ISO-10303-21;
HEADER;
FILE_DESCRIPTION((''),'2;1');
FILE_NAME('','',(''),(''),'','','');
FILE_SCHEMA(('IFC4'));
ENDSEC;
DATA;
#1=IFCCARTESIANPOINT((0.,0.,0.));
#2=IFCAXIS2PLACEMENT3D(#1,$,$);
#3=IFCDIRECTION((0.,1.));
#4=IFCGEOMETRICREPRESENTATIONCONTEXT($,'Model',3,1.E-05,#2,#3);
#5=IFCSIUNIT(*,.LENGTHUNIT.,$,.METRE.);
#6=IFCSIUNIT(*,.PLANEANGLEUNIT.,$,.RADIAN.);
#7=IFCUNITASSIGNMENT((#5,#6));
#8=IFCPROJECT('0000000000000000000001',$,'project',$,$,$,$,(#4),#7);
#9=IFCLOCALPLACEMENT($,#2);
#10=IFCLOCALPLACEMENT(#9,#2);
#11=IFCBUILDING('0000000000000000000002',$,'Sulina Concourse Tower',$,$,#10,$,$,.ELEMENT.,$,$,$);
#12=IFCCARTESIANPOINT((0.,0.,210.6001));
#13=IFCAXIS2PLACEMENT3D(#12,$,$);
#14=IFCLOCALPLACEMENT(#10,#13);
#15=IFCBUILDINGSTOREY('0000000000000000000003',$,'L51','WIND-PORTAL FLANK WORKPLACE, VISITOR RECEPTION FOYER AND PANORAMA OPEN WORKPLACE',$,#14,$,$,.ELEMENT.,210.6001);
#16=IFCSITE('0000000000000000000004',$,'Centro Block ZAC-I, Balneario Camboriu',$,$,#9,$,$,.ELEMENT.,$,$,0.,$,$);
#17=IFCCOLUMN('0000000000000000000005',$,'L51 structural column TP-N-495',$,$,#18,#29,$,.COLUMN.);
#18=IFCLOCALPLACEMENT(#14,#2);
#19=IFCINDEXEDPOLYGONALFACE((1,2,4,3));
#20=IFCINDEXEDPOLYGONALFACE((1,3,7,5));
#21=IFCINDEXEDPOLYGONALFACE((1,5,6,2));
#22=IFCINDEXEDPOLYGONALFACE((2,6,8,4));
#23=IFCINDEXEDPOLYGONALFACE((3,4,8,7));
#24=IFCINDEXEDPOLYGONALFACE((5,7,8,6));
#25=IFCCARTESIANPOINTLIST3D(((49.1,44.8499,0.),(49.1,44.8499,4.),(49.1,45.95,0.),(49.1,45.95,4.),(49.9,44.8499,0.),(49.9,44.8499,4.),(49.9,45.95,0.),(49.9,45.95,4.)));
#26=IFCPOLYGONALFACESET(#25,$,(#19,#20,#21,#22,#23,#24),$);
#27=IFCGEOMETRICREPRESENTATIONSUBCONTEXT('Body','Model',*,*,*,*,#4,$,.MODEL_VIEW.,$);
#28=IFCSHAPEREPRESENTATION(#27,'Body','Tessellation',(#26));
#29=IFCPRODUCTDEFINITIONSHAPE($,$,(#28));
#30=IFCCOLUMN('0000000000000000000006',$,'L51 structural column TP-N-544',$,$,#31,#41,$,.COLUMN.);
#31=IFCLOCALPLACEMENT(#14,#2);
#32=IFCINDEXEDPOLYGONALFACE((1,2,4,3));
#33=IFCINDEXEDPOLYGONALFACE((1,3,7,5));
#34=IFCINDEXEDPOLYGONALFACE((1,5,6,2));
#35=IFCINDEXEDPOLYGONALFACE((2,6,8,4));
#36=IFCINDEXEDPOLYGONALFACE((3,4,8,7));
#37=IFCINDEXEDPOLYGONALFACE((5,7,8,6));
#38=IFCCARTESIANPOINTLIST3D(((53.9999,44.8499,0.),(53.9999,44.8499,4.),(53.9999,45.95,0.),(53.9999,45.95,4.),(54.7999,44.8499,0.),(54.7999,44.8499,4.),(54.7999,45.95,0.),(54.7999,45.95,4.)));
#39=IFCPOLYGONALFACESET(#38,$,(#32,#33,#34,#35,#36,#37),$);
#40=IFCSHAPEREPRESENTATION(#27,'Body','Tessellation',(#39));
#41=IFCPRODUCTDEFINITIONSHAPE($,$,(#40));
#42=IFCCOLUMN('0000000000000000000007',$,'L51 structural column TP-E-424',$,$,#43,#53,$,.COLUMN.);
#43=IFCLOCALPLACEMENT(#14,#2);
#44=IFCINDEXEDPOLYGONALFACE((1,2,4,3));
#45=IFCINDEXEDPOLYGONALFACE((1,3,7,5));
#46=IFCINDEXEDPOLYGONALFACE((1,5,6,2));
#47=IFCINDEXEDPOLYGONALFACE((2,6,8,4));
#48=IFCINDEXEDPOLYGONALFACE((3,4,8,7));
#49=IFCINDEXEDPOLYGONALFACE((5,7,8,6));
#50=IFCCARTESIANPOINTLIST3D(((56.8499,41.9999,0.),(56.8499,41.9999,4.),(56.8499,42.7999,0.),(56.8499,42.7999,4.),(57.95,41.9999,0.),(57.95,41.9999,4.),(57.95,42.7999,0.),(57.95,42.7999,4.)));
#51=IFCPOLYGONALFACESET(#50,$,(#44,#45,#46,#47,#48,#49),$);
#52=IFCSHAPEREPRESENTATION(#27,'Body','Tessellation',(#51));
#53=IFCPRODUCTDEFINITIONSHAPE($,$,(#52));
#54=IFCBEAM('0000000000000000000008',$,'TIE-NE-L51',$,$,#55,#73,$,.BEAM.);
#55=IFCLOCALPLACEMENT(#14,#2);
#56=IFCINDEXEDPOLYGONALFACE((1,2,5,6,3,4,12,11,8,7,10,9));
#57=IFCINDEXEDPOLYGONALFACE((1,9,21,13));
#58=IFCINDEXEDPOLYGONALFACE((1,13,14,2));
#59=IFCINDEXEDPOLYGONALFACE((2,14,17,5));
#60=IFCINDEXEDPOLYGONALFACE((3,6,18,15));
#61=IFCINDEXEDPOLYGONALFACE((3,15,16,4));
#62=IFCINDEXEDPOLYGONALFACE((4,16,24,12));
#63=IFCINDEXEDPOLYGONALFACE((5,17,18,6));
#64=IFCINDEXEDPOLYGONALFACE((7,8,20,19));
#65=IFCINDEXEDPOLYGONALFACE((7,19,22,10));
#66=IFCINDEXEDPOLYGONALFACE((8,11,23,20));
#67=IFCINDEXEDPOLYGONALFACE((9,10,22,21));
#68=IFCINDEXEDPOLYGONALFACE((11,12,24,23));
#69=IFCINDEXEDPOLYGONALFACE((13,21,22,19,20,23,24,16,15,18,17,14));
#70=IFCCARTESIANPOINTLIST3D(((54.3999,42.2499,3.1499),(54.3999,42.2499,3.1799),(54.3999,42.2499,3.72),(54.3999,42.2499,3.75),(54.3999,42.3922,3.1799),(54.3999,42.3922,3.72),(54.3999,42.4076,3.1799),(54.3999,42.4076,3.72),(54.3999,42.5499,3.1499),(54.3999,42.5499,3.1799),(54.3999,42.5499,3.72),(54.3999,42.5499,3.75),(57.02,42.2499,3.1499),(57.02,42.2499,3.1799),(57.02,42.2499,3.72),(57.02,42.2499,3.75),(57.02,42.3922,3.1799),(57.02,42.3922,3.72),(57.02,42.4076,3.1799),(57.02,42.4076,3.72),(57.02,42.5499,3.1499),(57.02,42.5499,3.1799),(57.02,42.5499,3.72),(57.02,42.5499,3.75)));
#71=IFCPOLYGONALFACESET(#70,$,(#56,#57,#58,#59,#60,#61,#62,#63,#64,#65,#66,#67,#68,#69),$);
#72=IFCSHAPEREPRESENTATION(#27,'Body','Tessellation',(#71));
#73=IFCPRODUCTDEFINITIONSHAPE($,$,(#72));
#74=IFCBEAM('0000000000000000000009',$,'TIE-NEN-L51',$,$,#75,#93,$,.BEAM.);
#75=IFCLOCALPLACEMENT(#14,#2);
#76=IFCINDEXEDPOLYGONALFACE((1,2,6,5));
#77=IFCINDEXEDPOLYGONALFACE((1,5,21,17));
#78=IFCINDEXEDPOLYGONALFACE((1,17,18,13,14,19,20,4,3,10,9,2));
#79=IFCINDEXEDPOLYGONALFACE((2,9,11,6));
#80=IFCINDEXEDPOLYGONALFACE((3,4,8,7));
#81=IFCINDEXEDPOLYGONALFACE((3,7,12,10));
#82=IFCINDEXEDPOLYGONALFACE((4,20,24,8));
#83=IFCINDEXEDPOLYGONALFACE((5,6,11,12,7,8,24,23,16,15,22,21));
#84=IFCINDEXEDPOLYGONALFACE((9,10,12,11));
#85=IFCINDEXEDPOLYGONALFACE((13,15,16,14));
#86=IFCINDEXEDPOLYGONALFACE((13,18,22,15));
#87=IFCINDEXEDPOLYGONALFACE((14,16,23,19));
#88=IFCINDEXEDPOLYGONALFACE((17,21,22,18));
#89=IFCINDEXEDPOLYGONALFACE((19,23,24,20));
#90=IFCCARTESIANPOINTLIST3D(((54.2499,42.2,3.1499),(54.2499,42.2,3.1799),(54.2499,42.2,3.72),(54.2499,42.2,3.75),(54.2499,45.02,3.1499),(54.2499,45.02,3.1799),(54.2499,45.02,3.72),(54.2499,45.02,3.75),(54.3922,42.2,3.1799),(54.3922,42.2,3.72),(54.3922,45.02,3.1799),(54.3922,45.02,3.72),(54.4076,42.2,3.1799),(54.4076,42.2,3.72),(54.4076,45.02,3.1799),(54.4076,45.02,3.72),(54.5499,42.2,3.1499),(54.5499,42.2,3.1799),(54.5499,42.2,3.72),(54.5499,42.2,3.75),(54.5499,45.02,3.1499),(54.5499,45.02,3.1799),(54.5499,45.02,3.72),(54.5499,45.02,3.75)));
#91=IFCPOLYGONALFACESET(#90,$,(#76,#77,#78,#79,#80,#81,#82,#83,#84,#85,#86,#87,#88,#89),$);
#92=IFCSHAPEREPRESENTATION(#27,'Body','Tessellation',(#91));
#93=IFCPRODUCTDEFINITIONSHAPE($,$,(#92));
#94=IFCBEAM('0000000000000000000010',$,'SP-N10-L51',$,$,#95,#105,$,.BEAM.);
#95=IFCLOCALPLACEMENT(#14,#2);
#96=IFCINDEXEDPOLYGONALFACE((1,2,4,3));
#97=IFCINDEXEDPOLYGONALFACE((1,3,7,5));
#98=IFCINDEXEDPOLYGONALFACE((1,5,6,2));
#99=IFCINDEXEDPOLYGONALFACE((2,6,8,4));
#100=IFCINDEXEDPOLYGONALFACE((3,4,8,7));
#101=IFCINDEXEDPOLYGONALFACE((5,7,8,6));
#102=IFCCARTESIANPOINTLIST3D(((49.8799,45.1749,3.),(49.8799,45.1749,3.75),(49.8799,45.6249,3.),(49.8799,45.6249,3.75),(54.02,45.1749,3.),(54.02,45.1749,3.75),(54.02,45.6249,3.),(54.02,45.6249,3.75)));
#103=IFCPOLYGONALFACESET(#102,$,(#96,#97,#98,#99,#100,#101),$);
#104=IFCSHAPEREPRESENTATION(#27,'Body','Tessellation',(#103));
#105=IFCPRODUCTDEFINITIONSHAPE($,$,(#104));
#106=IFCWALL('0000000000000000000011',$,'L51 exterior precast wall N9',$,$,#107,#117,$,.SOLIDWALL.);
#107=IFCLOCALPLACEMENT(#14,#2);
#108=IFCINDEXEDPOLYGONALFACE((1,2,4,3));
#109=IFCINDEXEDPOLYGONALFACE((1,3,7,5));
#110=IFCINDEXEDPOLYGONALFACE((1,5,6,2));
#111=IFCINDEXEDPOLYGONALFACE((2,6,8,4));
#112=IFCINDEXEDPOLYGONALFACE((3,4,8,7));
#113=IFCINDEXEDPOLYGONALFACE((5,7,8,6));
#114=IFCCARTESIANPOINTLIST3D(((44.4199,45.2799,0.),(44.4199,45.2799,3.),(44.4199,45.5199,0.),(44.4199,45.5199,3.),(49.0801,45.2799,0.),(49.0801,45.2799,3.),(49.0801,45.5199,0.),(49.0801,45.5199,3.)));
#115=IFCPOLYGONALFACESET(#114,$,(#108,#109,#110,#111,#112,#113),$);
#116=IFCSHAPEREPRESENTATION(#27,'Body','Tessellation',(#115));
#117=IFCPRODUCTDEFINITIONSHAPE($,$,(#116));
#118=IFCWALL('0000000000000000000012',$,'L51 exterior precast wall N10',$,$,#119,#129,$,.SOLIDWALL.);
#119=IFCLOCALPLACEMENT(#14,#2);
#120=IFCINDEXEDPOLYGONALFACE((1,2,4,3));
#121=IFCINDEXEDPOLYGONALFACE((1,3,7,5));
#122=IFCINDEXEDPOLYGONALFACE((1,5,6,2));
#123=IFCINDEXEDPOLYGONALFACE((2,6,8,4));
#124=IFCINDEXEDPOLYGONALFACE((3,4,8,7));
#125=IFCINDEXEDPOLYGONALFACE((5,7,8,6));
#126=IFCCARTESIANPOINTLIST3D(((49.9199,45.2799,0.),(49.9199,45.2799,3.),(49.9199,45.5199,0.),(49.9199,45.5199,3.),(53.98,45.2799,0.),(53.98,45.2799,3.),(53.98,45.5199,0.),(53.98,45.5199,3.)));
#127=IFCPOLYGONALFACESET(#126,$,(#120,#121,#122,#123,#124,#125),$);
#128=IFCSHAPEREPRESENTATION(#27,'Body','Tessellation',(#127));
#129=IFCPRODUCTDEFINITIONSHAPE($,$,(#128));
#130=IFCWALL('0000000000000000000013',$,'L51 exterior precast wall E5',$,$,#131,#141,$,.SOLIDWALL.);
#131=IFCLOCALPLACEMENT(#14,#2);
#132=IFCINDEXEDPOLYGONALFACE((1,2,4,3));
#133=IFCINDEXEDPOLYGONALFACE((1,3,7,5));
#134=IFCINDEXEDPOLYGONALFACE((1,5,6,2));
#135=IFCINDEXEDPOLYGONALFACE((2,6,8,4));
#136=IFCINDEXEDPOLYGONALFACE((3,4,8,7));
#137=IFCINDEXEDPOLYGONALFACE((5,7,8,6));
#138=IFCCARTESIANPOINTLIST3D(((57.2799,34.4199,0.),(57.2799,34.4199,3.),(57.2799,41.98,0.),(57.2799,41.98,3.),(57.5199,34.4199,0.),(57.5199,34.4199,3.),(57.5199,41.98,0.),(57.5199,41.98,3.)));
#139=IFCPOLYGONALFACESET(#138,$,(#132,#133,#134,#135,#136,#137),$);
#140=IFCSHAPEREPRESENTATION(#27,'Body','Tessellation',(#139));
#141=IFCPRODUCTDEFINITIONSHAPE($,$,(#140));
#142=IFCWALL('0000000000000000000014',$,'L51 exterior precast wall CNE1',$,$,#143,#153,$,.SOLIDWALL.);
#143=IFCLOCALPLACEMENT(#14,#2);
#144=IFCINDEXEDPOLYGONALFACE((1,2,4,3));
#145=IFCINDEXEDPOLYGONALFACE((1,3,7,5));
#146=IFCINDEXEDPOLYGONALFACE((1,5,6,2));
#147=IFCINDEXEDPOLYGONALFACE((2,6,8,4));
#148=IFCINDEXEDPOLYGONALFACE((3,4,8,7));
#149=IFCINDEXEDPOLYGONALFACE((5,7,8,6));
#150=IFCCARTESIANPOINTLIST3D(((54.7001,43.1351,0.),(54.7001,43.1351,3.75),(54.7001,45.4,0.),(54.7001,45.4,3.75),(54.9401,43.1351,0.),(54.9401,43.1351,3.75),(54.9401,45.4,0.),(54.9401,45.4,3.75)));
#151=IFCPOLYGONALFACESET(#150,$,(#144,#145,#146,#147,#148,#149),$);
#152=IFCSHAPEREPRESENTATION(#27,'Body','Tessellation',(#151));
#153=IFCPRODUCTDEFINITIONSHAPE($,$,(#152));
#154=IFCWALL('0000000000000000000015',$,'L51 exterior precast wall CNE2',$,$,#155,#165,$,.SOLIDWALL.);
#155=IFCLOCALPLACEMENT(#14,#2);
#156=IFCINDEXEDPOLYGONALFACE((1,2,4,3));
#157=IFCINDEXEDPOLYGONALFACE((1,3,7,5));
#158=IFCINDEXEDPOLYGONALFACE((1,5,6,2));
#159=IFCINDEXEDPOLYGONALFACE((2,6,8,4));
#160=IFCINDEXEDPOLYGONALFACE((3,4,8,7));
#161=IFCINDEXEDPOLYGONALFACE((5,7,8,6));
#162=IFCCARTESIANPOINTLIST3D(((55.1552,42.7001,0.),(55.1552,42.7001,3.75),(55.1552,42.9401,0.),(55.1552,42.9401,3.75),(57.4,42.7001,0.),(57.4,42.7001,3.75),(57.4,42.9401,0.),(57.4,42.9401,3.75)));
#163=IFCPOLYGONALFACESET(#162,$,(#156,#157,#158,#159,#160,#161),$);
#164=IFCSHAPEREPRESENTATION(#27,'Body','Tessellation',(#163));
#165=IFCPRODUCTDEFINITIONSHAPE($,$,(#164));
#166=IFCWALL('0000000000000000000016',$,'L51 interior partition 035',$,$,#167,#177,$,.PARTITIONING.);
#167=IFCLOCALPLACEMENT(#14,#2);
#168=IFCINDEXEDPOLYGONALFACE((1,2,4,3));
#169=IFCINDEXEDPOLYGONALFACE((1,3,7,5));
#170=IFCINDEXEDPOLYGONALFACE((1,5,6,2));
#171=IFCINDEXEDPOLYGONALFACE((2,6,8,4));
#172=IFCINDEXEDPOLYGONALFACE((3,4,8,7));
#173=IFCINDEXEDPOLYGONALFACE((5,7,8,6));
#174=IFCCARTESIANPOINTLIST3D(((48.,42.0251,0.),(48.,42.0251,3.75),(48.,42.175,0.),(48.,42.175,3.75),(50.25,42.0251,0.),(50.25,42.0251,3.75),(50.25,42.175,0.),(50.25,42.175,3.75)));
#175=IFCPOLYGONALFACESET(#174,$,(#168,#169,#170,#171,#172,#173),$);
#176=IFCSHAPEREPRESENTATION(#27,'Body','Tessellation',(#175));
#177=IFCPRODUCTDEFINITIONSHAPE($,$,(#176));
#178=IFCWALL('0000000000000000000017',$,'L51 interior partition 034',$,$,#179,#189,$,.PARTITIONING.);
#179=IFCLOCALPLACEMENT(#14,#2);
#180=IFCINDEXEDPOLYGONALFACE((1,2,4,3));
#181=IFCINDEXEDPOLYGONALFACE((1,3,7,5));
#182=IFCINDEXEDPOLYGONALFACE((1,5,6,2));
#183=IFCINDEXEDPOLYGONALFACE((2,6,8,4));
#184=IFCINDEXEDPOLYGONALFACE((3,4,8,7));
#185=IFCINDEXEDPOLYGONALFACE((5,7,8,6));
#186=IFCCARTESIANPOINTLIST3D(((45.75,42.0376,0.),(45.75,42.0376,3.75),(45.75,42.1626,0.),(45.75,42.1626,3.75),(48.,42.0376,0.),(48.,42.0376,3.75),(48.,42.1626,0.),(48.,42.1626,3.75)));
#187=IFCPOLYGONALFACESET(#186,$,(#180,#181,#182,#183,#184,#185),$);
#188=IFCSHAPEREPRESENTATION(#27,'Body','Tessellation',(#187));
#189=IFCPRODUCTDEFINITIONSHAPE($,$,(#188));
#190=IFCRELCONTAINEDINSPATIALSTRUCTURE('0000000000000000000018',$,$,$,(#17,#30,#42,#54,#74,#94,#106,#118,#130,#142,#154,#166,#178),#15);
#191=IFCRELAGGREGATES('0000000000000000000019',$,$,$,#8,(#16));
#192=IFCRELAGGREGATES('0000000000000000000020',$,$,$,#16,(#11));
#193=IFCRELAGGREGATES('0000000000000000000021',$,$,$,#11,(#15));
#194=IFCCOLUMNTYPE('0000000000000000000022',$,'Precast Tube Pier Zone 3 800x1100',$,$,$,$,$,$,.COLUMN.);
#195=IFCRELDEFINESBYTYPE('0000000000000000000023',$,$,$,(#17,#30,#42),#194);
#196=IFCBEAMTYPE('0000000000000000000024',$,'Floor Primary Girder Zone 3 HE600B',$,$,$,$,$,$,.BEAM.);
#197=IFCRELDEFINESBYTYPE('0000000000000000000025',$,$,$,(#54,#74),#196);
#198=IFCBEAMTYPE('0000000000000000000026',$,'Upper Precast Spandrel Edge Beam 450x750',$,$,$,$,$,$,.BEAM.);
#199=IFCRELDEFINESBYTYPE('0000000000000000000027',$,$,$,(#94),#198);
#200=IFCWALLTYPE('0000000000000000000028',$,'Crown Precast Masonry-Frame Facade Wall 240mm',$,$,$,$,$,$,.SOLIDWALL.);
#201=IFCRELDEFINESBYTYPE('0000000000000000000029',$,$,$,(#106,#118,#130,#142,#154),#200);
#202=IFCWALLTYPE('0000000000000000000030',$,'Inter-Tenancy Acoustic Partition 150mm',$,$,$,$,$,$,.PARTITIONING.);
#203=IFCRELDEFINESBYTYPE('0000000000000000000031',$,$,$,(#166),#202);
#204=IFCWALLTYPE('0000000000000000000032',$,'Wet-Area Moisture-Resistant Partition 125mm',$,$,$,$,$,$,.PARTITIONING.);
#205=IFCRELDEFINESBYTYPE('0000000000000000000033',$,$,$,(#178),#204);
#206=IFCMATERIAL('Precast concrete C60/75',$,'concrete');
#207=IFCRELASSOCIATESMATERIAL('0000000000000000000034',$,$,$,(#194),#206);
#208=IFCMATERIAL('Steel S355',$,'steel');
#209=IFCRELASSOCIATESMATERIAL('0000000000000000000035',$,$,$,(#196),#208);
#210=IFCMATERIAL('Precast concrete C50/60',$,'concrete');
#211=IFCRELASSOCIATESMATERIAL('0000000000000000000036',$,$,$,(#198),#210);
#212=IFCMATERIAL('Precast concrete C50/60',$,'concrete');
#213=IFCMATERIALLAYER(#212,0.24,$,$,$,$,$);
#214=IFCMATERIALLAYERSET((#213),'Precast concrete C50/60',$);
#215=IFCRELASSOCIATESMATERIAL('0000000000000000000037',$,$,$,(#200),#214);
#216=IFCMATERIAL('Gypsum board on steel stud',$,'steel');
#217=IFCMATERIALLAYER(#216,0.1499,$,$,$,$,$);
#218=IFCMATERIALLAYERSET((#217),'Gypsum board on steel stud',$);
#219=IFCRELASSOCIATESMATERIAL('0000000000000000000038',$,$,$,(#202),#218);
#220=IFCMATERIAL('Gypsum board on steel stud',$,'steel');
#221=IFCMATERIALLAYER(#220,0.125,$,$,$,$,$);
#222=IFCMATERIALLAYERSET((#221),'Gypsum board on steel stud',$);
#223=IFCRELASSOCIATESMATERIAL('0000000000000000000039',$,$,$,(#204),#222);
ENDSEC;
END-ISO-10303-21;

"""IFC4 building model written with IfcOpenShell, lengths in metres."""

from ifc_helpers import new_model, si_unit, direction, frame, frame_2d, origin, origin_2d, place, context, subcontext, project, spatial, rectangle, i_section, extrude, material, layer, layer_set, material_profile, profile_set, type_object, element, save


model = new_model("IFC4")

# Units and contexts
model_context = context("Model", 3, precision=1e-05, world=origin(), true_north=direction((0.0, 1.0)))
body_context = subcontext(model_context, "Body", "Model", "MODEL_VIEW")
ifc_project = project(units=[si_unit("LENGTHUNIT", "METRE"), si_unit("PLANEANGLEUNIT", "RADIAN")], contexts=[model_context])

# Site, building, storey
site_placement = place(None, origin())
site = spatial("IfcSite", under=ifc_project, at=site_placement, Name="Centro Block ZAC-I, Balneario Camboriu", CompositionType="ELEMENT", RefElevation=0.0)
building_placement = place(site_placement, origin())
building = spatial("IfcBuilding", under=site, at=building_placement, Name="Sulina Concourse Tower", CompositionType="ELEMENT")
storey_placement = place(building_placement, frame((0.0, 0.0, 210.6001)))
storey = spatial("IfcBuildingStorey", under=building, at=storey_placement, Name="L51", Description="WIND-PORTAL FLANK WORKPLACE, VISITOR RECEPTION FOYER AND PANORAMA OPEN WORKPLACE", CompositionType="ELEMENT", Elevation=210.6001)

# Columns
ifc_material_1 = material(Name="Precast concrete C60/75", Category="concrete")
ifc_material_profile_1 = material_profile(ifc_material_1, rectangle(XDim=0.8, YDim=1.1001, at=origin_2d()), Name="PC 800x1100")
ifc_profile_set_1 = profile_set([ifc_material_profile_1], Name="Precast concrete C60/75")
column_type = type_object("IfcColumnType", Name="Precast Tube Pier Zone 3 800x1100", PredefinedType="COLUMN", material=ifc_profile_set_1)
for number, where, z_axis, x_axis, name in (
    (1, (49.5, 45.3999, 0.0), (0.0, 0.0, 1.0), (1.0, 0.0, 0.0), "L51 structural column TP-N-495"),
    (2, (54.3999, 45.3999, 0.0), (0.0, 0.0, 1.0), (1.0, 0.0, 0.0), "L51 structural column TP-N-544"),
    (3, (57.3999, 42.3999, 0.0), (0.0, 0.0, 1.0), (0.0, 1.0, 0.0), "L51 structural column TP-E-424"),
):
    element("IfcColumn", number, at=place(storey_placement, frame(where, z_axis=z_axis, x_axis=x_axis)), inside=storey, type_object=column_type, Name=name, PredefinedType="COLUMN", context=body_context, shape_type="SweptSolid", body=[
        extrude(rectangle(XDim=0.8, YDim=1.1001, at=origin_2d()), origin(), (0.0, 0.0, 1.0), 4.0),
    ])

# Beams
ifc_material_2 = material(Name="Steel S355", Category="steel")
ifc_material_profile_2 = material_profile(ifc_material_2, i_section(OverallWidth=0.3, OverallDepth=0.6001, WebThickness=0.0154, FlangeThickness=0.03, at=origin_2d()), Name="HE 600 B")
ifc_profile_set_2 = profile_set([ifc_material_profile_2], Name="Steel S355")
beam_type_1 = type_object("IfcBeamType", Name="Floor Primary Girder Zone 3 HE600B", PredefinedType="BEAM", material=ifc_profile_set_2)
beam_1_placement = place(storey_placement, frame((54.3999, 42.3999, 3.45), z_axis=(1.0, 0.0, 0.0), x_axis=(0.0, 1.0, 0.0)))
element("IfcBeam", 4, at=beam_1_placement, inside=storey, type_object=beam_type_1, Name="TIE-NE-L51", PredefinedType="BEAM", context=body_context, shape_type="SweptSolid", body=[
    extrude(i_section(OverallWidth=0.3, OverallDepth=0.6001, WebThickness=0.0154, FlangeThickness=0.03, at=origin_2d()), origin(), (0.0, 0.0, 1.0), 2.6201),
])
beam_2_placement = place(storey_placement, frame((54.3999, 42.2, 3.45), z_axis=(0.0, 1.0, 0.0), x_axis=(-1.0, 0.0, 0.0)))
element("IfcBeam", 5, at=beam_2_placement, inside=storey, type_object=beam_type_1, Name="TIE-NEN-L51", PredefinedType="BEAM", context=body_context, shape_type="SweptSolid", body=[
    extrude(i_section(OverallWidth=0.3, OverallDepth=0.6001, WebThickness=0.0154, FlangeThickness=0.03, at=origin_2d()), origin(), (0.0, 0.0, 1.0), 2.8201),
])
ifc_material_3 = material(Name="Precast concrete C50/60", Category="concrete")
ifc_material_profile_3 = material_profile(ifc_material_3, rectangle(XDim=0.45, YDim=0.75, at=origin_2d()), Name="RC 450x750")
ifc_profile_set_3 = profile_set([ifc_material_profile_3], Name="Precast concrete C50/60")
beam_type_2 = type_object("IfcBeamType", Name="Upper Precast Spandrel Edge Beam 450x750", PredefinedType="BEAM", material=ifc_profile_set_3)
beam_3_placement = place(storey_placement, frame((49.8799, 45.3999, 3.375), z_axis=(1.0, 0.0, 0.0), x_axis=(0.0, 1.0, 0.0)))
element("IfcBeam", 6, at=beam_3_placement, inside=storey, type_object=beam_type_2, Name="SP-N10-L51", PredefinedType="BEAM", context=body_context, shape_type="SweptSolid", body=[
    extrude(rectangle(XDim=0.45, YDim=0.75, at=origin_2d()), origin(), (0.0, 0.0, 1.0), 4.1401),
])

# Walls
ifc_material_4 = material(Name="Precast concrete C50/60", Category="concrete")
ifc_layer_1 = layer(ifc_material_4, 0.24)
ifc_layer_set_1 = layer_set([ifc_layer_1], Name="Precast concrete C50/60")
wall_type_1 = type_object("IfcWallType", Name="Crown Precast Masonry-Frame Facade Wall 240mm", PredefinedType="SOLIDWALL", material=ifc_layer_set_1)
wall_1_placement = place(storey_placement, frame((44.4199, 45.3999, 0.0), z_axis=(0.0, 0.0, 1.0), x_axis=(1.0, 0.0, 0.0)))
element("IfcWall", 7, at=wall_1_placement, inside=storey, type_object=wall_type_1, Name="L51 exterior precast wall N9", PredefinedType="SOLIDWALL", context=body_context, shape_type="SweptSolid", body=[
    extrude(rectangle(XDim=4.6602, YDim=0.24, at=frame_2d((2.3301, 0.0))), origin(), (0.0, 0.0, 1.0), 3.0),
])
wall_2_placement = place(storey_placement, frame((49.9199, 45.3999, 0.0), z_axis=(0.0, 0.0, 1.0), x_axis=(1.0, 0.0, 0.0)))
element("IfcWall", 8, at=wall_2_placement, inside=storey, type_object=wall_type_1, Name="L51 exterior precast wall N10", PredefinedType="SOLIDWALL", context=body_context, shape_type="SweptSolid", body=[
    extrude(rectangle(XDim=4.0601, YDim=0.24, at=frame_2d((2.03, 0.0))), origin(), (0.0, 0.0, 1.0), 3.0),
])
wall_3_placement = place(storey_placement, frame((57.3999, 41.98, 0.0), z_axis=(0.0, 0.0, 1.0), x_axis=(0.0, -1.0, 0.0)))
element("IfcWall", 9, at=wall_3_placement, inside=storey, type_object=wall_type_1, Name="L51 exterior precast wall E5", PredefinedType="SOLIDWALL", context=body_context, shape_type="SweptSolid", body=[
    extrude(rectangle(XDim=7.5601, YDim=0.24, at=frame_2d((3.78, 0.0))), origin(), (0.0, 0.0, 1.0), 3.0),
])
wall_4_placement = place(storey_placement, frame((54.8201, 45.3999, 0.0), z_axis=(0.0, 0.0, 1.0), x_axis=(0.0, -1.0, 0.0)))
element("IfcWall", 10, at=wall_4_placement, inside=storey, type_object=wall_type_1, Name="L51 exterior precast wall CNE1", PredefinedType="SOLIDWALL", context=body_context, shape_type="SweptSolid", body=[
    extrude(rectangle(XDim=2.2649, YDim=0.24, at=frame_2d((1.1323, 0.0))), origin(), (0.0, 0.0, 1.0), 3.75),
])
wall_5_placement = place(storey_placement, frame((55.155, 42.8201, 0.0), z_axis=(0.0, 0.0, 1.0), x_axis=(1.0, 0.0, 0.0)))
element("IfcWall", 11, at=wall_5_placement, inside=storey, type_object=wall_type_1, Name="L51 exterior precast wall CNE2", PredefinedType="SOLIDWALL", context=body_context, shape_type="SweptSolid", body=[
    extrude(rectangle(XDim=2.2449, YDim=0.24, at=frame_2d((1.1226, 0.0))), origin(), (0.0, 0.0, 1.0), 3.75),
])
ifc_material_5 = material(Name="Gypsum board on steel stud", Category="steel")
ifc_layer_2 = layer(ifc_material_5, 0.1499)
ifc_layer_set_2 = layer_set([ifc_layer_2], Name="Gypsum board on steel stud")
wall_type_2 = type_object("IfcWallType", Name="Inter-Tenancy Acoustic Partition 150mm", PredefinedType="PARTITIONING", material=ifc_layer_set_2)
wall_6_placement = place(storey_placement, frame((48.0, 42.1001, 0.0), z_axis=(0.0, 0.0, 1.0), x_axis=(1.0, 0.0, 0.0)))
element("IfcWall", 12, at=wall_6_placement, inside=storey, type_object=wall_type_2, Name="L51 interior partition 035", PredefinedType="PARTITIONING", context=body_context, shape_type="SweptSolid", body=[
    extrude(rectangle(XDim=2.25, YDim=0.1499, at=frame_2d((1.125, 0.0))), origin(), (0.0, 0.0, 1.0), 3.75),
])
ifc_material_6 = material(Name="Gypsum board on steel stud", Category="steel")
ifc_layer_3 = layer(ifc_material_6, 0.125)
ifc_layer_set_3 = layer_set([ifc_layer_3], Name="Gypsum board on steel stud")
wall_type_3 = type_object("IfcWallType", Name="Wet-Area Moisture-Resistant Partition 125mm", PredefinedType="PARTITIONING", material=ifc_layer_set_3)
wall_7_placement = place(storey_placement, frame((45.75, 42.1001, 0.0), z_axis=(0.0, 0.0, 1.0), x_axis=(1.0, 0.0, 0.0)))
element("IfcWall", 13, at=wall_7_placement, inside=storey, type_object=wall_type_3, Name="L51 interior partition 034", PredefinedType="PARTITIONING", context=body_context, shape_type="SweptSolid", body=[
    extrude(rectangle(XDim=2.25, YDim=0.125, at=frame_2d((1.125, 0.0))), origin(), (0.0, 0.0, 1.0), 3.75),
])

save(model, "model.ifc")
